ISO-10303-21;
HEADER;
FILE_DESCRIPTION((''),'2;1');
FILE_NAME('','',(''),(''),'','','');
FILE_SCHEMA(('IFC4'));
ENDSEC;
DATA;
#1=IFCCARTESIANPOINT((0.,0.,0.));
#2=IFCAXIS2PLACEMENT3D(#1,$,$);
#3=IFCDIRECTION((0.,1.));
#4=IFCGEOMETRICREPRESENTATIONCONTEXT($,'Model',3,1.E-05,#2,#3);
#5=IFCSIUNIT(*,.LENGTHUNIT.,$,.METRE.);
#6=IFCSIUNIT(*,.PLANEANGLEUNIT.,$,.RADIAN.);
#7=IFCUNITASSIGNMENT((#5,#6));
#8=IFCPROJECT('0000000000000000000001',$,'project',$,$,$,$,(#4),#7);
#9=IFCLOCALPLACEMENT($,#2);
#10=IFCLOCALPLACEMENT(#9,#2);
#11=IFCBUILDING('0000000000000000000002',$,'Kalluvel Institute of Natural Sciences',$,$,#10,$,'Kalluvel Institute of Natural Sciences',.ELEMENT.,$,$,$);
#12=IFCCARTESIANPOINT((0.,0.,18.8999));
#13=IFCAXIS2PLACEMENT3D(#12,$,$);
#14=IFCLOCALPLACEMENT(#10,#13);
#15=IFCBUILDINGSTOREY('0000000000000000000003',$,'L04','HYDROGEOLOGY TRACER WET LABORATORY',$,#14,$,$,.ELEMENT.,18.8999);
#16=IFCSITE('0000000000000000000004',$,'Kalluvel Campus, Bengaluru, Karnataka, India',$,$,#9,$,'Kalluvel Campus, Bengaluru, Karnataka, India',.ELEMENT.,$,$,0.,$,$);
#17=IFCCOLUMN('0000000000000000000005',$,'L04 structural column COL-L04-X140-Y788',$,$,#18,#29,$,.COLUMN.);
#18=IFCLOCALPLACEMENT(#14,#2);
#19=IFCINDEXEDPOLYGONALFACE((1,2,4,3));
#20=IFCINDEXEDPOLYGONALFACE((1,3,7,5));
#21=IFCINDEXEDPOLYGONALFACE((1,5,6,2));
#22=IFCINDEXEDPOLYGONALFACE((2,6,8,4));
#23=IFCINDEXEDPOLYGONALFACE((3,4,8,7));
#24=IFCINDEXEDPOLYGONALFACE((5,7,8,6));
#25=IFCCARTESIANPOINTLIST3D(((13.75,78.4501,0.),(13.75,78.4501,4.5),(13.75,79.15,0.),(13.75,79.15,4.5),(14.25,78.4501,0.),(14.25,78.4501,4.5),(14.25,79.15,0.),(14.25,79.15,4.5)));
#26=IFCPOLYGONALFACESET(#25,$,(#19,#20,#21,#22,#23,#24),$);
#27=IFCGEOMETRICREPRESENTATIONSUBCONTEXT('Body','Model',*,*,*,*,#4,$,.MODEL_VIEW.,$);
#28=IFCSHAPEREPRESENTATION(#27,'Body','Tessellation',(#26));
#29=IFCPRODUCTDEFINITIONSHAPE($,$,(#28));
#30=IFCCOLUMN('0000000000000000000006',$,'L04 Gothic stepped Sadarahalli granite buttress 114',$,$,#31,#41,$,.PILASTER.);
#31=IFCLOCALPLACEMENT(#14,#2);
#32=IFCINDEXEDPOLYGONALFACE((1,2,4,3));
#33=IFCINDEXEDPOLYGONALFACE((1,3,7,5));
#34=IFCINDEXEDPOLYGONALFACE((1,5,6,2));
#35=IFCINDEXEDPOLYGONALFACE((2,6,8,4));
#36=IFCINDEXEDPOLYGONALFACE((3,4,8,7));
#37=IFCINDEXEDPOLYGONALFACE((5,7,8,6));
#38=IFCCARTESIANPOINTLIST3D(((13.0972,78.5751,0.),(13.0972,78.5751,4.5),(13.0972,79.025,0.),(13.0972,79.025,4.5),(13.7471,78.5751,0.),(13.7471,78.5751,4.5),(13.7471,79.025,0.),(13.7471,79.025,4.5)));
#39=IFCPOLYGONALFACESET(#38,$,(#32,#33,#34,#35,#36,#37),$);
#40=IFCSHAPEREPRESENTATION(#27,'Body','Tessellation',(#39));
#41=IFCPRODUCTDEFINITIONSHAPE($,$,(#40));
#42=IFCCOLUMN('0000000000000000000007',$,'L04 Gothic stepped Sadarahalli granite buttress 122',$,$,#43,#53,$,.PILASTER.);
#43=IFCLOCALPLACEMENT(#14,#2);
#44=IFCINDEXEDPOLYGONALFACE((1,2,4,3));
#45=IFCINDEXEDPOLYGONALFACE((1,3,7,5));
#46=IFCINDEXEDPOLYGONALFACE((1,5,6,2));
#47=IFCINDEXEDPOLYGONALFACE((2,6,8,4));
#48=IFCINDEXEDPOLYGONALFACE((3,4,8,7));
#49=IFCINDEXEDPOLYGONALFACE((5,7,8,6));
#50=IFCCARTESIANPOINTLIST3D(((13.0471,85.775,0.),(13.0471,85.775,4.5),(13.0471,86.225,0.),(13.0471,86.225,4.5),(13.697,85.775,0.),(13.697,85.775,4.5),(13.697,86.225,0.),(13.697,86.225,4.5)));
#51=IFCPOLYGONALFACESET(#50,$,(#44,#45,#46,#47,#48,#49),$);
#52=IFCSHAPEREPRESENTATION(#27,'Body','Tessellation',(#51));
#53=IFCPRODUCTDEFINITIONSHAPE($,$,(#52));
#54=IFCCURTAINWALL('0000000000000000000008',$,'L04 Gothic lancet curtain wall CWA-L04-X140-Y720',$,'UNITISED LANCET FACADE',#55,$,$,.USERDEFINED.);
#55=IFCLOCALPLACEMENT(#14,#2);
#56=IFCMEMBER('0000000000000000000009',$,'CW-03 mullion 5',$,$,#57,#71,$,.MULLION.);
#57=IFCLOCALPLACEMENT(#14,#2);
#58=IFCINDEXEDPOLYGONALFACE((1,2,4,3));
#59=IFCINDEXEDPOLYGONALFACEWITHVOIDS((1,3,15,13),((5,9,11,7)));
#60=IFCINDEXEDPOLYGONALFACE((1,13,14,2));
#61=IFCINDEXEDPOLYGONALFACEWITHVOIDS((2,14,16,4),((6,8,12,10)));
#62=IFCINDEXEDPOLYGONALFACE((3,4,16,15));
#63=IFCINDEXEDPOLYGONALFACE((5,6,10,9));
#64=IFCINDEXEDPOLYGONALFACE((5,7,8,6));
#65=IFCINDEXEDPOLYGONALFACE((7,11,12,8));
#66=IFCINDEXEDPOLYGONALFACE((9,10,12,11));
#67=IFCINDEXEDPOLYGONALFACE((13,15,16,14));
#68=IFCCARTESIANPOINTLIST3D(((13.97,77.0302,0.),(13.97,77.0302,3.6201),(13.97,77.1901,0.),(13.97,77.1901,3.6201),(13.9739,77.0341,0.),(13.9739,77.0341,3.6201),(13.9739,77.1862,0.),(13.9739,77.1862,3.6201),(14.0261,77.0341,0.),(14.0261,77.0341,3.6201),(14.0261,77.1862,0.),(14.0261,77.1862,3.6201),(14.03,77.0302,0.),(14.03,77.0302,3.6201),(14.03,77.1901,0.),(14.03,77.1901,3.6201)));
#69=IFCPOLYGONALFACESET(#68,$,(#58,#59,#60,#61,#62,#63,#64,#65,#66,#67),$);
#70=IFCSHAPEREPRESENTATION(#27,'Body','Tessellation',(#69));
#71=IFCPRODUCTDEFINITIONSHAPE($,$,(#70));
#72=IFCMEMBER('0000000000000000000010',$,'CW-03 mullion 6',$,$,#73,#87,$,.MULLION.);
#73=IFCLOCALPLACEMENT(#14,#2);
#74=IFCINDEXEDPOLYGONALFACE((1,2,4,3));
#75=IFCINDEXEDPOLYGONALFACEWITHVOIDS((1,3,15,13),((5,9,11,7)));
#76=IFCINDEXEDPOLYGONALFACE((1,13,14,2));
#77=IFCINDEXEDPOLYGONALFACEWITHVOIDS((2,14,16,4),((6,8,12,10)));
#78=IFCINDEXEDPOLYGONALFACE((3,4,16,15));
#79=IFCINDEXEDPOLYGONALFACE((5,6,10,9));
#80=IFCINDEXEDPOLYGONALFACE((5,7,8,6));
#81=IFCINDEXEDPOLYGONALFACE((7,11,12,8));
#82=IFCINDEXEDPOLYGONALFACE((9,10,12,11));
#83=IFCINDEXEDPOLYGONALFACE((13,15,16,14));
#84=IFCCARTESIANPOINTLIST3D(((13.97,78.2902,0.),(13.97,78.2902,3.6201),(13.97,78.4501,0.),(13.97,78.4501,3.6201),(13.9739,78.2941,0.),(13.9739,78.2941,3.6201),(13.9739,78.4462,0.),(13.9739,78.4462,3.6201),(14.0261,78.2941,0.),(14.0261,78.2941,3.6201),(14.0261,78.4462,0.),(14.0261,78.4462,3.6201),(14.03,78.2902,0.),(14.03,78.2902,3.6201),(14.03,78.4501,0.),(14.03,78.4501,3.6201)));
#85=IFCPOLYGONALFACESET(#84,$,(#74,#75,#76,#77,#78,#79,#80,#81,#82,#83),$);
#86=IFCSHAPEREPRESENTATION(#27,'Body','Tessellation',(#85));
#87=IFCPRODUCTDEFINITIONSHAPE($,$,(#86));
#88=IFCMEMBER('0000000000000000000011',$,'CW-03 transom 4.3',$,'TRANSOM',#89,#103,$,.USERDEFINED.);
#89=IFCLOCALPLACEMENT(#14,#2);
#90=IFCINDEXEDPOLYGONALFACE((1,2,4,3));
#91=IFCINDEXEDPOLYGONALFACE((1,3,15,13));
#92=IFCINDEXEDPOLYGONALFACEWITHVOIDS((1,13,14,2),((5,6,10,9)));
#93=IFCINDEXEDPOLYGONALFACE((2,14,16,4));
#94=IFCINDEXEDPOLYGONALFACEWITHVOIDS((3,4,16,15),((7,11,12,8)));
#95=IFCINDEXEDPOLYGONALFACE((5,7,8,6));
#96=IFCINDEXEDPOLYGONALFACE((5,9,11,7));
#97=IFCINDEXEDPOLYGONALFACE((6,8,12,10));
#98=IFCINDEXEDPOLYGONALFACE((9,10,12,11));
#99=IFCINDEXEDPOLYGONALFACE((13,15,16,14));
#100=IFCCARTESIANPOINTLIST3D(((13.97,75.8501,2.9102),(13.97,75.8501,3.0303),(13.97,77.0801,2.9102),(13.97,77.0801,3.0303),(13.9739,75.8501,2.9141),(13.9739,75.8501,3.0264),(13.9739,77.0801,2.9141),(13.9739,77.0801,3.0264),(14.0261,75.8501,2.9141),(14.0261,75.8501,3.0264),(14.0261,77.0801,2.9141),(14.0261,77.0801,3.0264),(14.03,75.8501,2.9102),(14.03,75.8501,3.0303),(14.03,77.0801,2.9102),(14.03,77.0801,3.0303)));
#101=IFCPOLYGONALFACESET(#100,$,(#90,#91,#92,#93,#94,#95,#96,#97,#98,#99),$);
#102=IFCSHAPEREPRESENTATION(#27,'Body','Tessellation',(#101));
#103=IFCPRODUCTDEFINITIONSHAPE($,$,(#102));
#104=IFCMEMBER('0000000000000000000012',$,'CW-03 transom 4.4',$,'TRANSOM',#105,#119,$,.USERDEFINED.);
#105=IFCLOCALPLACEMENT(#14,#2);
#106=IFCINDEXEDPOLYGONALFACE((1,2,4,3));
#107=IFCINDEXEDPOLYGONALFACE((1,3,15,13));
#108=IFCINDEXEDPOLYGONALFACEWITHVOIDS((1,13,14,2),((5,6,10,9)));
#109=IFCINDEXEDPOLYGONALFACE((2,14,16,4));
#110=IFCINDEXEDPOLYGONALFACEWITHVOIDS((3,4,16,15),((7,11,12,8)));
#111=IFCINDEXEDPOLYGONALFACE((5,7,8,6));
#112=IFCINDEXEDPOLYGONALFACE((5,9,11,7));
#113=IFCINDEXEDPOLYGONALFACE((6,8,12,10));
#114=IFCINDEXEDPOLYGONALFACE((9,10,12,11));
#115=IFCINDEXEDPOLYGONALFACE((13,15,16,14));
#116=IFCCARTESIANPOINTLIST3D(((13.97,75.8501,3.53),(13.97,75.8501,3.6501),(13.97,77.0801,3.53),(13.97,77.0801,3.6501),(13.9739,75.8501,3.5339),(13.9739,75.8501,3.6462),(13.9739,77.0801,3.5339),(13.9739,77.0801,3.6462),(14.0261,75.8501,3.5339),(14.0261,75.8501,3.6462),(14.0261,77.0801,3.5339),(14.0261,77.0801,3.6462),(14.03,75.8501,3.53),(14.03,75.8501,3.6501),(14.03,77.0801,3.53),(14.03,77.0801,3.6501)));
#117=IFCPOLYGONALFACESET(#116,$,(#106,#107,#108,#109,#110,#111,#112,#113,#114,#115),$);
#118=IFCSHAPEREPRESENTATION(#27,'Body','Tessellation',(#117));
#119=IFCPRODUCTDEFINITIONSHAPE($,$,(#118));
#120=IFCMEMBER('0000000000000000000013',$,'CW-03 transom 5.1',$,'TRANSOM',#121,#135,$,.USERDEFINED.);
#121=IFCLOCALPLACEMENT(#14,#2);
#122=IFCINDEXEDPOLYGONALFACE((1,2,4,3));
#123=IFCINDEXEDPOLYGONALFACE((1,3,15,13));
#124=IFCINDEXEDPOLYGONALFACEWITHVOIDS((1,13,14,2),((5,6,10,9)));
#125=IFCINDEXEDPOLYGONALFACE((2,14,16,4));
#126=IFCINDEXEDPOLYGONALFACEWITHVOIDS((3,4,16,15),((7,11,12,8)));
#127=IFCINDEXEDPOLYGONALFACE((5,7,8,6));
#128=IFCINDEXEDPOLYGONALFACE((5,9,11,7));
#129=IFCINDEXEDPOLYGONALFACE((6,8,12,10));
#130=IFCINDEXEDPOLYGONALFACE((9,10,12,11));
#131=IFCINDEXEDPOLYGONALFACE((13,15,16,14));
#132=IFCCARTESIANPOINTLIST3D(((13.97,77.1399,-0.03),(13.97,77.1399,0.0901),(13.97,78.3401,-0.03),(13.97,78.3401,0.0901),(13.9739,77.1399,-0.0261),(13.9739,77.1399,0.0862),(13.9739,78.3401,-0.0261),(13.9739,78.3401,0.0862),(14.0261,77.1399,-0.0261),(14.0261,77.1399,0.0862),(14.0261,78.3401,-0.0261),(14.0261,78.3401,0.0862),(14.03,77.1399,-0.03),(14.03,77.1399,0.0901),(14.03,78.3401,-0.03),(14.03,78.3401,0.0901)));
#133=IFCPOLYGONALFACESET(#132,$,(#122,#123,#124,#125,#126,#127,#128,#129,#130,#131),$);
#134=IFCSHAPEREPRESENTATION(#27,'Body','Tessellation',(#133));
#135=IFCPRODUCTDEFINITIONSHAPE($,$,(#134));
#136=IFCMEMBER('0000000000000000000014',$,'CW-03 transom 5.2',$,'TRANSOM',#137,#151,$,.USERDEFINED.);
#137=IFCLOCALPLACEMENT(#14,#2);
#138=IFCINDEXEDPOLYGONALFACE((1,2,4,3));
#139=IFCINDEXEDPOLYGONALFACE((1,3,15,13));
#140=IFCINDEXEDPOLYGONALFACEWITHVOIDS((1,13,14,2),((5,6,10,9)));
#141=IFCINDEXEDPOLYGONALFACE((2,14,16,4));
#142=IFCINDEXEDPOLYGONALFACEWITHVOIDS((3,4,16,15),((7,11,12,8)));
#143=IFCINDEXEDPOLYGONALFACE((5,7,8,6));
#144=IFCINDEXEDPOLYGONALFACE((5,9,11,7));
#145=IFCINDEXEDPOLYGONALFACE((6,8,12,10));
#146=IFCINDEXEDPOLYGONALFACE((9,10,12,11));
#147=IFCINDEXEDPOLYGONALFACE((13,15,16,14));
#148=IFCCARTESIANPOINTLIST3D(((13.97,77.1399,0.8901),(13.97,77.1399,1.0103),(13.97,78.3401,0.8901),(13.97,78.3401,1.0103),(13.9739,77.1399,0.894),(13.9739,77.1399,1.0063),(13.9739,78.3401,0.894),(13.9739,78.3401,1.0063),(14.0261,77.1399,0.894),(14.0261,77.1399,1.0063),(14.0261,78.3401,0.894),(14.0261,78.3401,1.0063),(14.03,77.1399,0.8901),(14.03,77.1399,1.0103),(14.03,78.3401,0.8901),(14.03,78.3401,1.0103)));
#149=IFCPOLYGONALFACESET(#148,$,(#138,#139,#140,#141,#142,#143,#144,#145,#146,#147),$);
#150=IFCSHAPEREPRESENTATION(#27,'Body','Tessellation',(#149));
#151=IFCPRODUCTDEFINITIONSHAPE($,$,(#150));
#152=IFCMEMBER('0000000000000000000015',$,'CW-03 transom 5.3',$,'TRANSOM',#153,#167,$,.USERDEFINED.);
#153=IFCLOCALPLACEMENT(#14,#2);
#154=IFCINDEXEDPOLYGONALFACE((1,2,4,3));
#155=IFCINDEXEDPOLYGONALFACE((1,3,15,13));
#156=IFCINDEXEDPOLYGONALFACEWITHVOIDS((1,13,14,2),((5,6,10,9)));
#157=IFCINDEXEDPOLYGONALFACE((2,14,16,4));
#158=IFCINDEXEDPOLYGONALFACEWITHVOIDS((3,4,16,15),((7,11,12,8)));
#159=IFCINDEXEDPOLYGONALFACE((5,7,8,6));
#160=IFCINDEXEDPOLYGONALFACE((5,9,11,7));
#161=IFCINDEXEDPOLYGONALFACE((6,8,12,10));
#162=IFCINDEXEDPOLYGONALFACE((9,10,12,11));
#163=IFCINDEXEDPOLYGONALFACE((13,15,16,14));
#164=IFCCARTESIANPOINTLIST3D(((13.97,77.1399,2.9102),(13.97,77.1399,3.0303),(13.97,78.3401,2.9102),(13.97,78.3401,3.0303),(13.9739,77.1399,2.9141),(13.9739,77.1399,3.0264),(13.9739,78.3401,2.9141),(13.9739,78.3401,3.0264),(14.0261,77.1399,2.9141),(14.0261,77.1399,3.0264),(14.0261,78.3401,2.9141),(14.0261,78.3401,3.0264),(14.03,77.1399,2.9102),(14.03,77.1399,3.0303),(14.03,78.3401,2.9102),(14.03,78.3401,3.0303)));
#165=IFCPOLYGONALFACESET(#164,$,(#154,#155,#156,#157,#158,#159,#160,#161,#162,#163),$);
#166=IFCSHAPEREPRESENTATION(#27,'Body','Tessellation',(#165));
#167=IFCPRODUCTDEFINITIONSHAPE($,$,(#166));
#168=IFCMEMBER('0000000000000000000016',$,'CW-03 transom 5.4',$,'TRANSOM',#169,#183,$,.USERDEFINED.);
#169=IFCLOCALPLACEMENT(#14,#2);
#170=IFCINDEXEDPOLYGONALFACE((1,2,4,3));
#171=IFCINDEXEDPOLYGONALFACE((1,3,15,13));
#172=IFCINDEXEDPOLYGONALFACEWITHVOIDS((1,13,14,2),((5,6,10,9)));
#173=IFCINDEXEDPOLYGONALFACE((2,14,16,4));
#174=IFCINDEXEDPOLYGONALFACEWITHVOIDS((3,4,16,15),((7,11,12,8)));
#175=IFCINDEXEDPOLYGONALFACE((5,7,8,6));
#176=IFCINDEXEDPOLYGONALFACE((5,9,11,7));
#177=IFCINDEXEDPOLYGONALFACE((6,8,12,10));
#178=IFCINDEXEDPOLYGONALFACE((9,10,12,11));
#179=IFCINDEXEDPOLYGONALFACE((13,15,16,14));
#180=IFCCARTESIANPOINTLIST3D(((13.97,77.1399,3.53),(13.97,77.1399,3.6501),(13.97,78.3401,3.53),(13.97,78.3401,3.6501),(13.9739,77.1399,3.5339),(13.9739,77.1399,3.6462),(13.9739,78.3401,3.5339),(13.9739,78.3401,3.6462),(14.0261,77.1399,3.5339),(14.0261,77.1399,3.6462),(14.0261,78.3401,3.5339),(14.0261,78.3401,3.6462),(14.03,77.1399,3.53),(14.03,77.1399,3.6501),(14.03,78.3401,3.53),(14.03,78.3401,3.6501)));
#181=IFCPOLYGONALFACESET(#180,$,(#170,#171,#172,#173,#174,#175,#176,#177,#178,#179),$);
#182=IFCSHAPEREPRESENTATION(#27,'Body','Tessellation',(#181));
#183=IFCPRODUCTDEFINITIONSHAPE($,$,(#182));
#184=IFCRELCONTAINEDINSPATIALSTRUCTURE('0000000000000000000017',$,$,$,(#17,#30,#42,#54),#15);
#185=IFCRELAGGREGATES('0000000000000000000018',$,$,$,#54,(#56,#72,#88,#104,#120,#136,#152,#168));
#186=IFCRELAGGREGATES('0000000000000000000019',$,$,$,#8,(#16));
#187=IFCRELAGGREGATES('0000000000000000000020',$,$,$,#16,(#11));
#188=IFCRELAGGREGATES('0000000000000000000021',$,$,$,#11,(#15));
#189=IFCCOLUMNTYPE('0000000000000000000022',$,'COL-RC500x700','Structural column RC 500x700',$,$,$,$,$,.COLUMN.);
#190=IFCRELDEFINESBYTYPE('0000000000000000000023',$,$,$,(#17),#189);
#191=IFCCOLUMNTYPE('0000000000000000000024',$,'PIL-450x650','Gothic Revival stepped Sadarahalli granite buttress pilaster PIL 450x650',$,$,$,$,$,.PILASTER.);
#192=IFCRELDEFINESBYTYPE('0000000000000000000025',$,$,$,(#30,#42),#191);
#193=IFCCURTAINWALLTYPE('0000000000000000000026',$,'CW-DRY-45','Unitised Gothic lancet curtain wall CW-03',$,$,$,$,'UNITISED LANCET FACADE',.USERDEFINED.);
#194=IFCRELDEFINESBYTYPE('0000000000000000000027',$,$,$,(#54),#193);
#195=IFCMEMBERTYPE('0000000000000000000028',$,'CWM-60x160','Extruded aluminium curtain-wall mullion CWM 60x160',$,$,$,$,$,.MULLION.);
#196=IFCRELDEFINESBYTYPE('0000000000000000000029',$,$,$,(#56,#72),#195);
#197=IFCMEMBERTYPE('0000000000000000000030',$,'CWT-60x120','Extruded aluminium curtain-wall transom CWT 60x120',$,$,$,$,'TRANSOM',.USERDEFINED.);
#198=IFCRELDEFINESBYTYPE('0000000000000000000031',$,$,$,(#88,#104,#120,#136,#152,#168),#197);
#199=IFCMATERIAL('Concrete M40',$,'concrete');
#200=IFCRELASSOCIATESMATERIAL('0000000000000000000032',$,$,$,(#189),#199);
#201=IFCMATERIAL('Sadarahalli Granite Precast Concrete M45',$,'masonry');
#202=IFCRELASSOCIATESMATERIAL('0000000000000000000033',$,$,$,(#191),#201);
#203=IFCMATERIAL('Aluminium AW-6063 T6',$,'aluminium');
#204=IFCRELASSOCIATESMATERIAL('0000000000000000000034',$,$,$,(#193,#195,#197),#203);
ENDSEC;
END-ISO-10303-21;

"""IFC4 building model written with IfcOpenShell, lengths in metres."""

from ifc_helpers import new_model, si_unit, direction, frame, origin, origin_2d, place, context, subcontext, project, spatial, rectangle, hollow_rectangle, extrude, material, material_profile, profile_set, type_object, element, aggregate, save


model = new_model("IFC4")

# Units and contexts
model_context = context("Model", 3, precision=1e-05, world=origin(), true_north=direction((0.0, 1.0)))
body_context = subcontext(model_context, "Body", "Model", "MODEL_VIEW")
ifc_project = project(units=[si_unit("LENGTHUNIT", "METRE"), si_unit("PLANEANGLEUNIT", "RADIAN")], contexts=[model_context])

# Site, building, storey
site_placement = place(None, origin())
site = spatial("IfcSite", under=ifc_project, at=site_placement, Name="Kalluvel Campus, Bengaluru, Karnataka, India", LongName="Kalluvel Campus, Bengaluru, Karnataka, India", CompositionType="ELEMENT", RefElevation=0.0)
building_placement = place(site_placement, origin())
building = spatial("IfcBuilding", under=site, at=building_placement, Name="Kalluvel Institute of Natural Sciences", LongName="Kalluvel Institute of Natural Sciences", CompositionType="ELEMENT")
storey_placement = place(building_placement, frame((0.0, 0.0, 18.8999)))
storey = spatial("IfcBuildingStorey", under=building, at=storey_placement, Name="L04", Description="HYDROGEOLOGY TRACER WET LABORATORY", CompositionType="ELEMENT", Elevation=18.8999)

# Columns
ifc_material_1 = material(Name="Concrete M40", Category="concrete")
ifc_material_profile_1 = material_profile(ifc_material_1, rectangle(XDim=0.5, YDim=0.7, at=origin_2d()), Name="RC 500x700")
ifc_profile_set_1 = profile_set([ifc_material_profile_1], Name="Concrete M40")
column_type_1 = type_object("IfcColumnType", Name="COL-RC500x700", Description="Structural column RC 500x700", PredefinedType="COLUMN", material=ifc_profile_set_1)
column_placement = place(storey_placement, frame((14.0, 78.8, 0.0), z_axis=(0.0, 0.0, 1.0), x_axis=(1.0, 0.0, 0.0)))
element("IfcColumn", 1, at=column_placement, inside=storey, type_object=column_type_1, Name="L04 structural column COL-L04-X140-Y788", PredefinedType="COLUMN", context=body_context, shape_type="SweptSolid", body=[
    extrude(rectangle(XDim=0.5, YDim=0.7, at=origin_2d()), origin(), (0.0, 0.0, 1.0), 4.5),
])
ifc_material_2 = material(Name="Sadarahalli Granite Precast Concrete M45", Category="masonry")
ifc_material_profile_2 = material_profile(ifc_material_2, rectangle(XDim=0.45, YDim=0.6499, at=origin_2d()), Name="PIL 450x650")
ifc_profile_set_2 = profile_set([ifc_material_profile_2], Name="Sadarahalli Granite Precast Concrete M45")
column_type_2 = type_object("IfcColumnType", Name="PIL-450x650", Description="Gothic Revival stepped Sadarahalli granite buttress pilaster PIL 450x650", PredefinedType="PILASTER", material=ifc_profile_set_2)
for number, where, z_axis, x_axis, name in (
    (2, (13.4221, 78.8, 0.0), (0.0, 0.0, 1.0), (0.0, 1.0, 0.0), "L04 Gothic stepped Sadarahalli granite buttress 114"),
    (3, (13.3721, 86.0, 0.0), (0.0, 0.0, 1.0), (0.0, 1.0, 0.0), "L04 Gothic stepped Sadarahalli granite buttress 122"),
):
    element("IfcColumn", number, at=place(storey_placement, frame(where, z_axis=z_axis, x_axis=x_axis)), inside=storey, type_object=column_type_2, Name=name, PredefinedType="PILASTER", context=body_context, shape_type="SweptSolid", body=[
        extrude(rectangle(XDim=0.45, YDim=0.6499, at=origin_2d()), origin(), (0.0, 0.0, 1.0), 4.5),
    ])

# Curtain wall, members
ifc_material_3 = material(Name="Aluminium AW-6063 T6", Category="aluminium")
curtain_wall_type = type_object("IfcCurtainWallType", Name="CW-DRY-45", Description="Unitised Gothic lancet curtain wall CW-03", ElementType="UNITISED LANCET FACADE", PredefinedType="USERDEFINED", material=ifc_material_3)
curtain_wall_placement = place(storey_placement, origin())
curtain_wall = element("IfcCurtainWall", 4, at=curtain_wall_placement, inside=storey, type_object=curtain_wall_type, Name="L04 Gothic lancet curtain wall CWA-L04-X140-Y720", ObjectType="UNITISED LANCET FACADE", PredefinedType="USERDEFINED")
ifc_material_profile_3 = material_profile(ifc_material_3, hollow_rectangle(XDim=0.0601, YDim=0.1599, WallThickness=0.0039, at=origin_2d()), Name="CWM 60x160")
ifc_profile_set_3 = profile_set([ifc_material_profile_3], Name="Aluminium AW-6063 T6")
member_type_1 = type_object("IfcMemberType", Name="CWM-60x160", Description="Extruded aluminium curtain-wall mullion CWM 60x160", PredefinedType="MULLION", material=ifc_profile_set_3)
member_1_placement = place(storey_placement, frame((14.0, 77.1101, 0.0), z_axis=(0.0, 0.0, 1.0), x_axis=(-1.0, 0.0, 0.0)))
member_1 = element("IfcMember", 5, at=member_1_placement, type_object=member_type_1, Name="CW-03 mullion 5", PredefinedType="MULLION", context=body_context, shape_type="SweptSolid", body=[
    extrude(hollow_rectangle(XDim=0.0601, YDim=0.1599, WallThickness=0.0039, at=origin_2d()), origin(), (0.0, 0.0, 1.0), 3.6201),
])
member_2_placement = place(storey_placement, frame((14.0, 78.3701, 0.0), z_axis=(0.0, 0.0, 1.0), x_axis=(-1.0, 0.0, 0.0)))
member_2 = element("IfcMember", 6, at=member_2_placement, type_object=member_type_1, Name="CW-03 mullion 6", PredefinedType="MULLION", context=body_context, shape_type="SweptSolid", body=[
    extrude(hollow_rectangle(XDim=0.0601, YDim=0.1599, WallThickness=0.0039, at=origin_2d()), origin(), (0.0, 0.0, 1.0), 3.6201),
])
ifc_material_profile_4 = material_profile(ifc_material_3, hollow_rectangle(XDim=0.0601, YDim=0.1201, WallThickness=0.0039, at=origin_2d()), Name="CWT 60x120")
ifc_profile_set_4 = profile_set([ifc_material_profile_4], Name="Aluminium AW-6063 T6")
member_type_2 = type_object("IfcMemberType", Name="CWT-60x120", Description="Extruded aluminium curtain-wall transom CWT 60x120", ElementType="TRANSOM", PredefinedType="USERDEFINED", material=ifc_profile_set_4)
member_3_placement = place(storey_placement, frame((14.0, 75.8501, 2.9702), z_axis=(0.0, 1.0, 0.0), x_axis=(-1.0, 0.0, 0.0)))
member_3 = element("IfcMember", 7, at=member_3_placement, type_object=member_type_2, Name="CW-03 transom 4.3", ObjectType="TRANSOM", PredefinedType="USERDEFINED", context=body_context, shape_type="SweptSolid", body=[
    extrude(hollow_rectangle(XDim=0.0601, YDim=0.1201, WallThickness=0.0039, at=origin_2d()), origin(), (0.0, 0.0, 1.0), 1.23),
])
member_4_placement = place(storey_placement, frame((14.0, 75.8501, 3.5901), z_axis=(0.0, 1.0, 0.0), x_axis=(-1.0, 0.0, 0.0)))
member_4 = element("IfcMember", 8, at=member_4_placement, type_object=member_type_2, Name="CW-03 transom 4.4", ObjectType="TRANSOM", PredefinedType="USERDEFINED", context=body_context, shape_type="SweptSolid", body=[
    extrude(hollow_rectangle(XDim=0.0601, YDim=0.1201, WallThickness=0.0039, at=origin_2d()), origin(), (0.0, 0.0, 1.0), 1.23),
])
member_5_placement = place(storey_placement, frame((14.0, 77.1399, 0.03), z_axis=(0.0, 1.0, 0.0), x_axis=(-1.0, 0.0, 0.0)))
member_5 = element("IfcMember", 9, at=member_5_placement, type_object=member_type_2, Name="CW-03 transom 5.1", ObjectType="TRANSOM", PredefinedType="USERDEFINED", context=body_context, shape_type="SweptSolid", body=[
    extrude(hollow_rectangle(XDim=0.0601, YDim=0.1201, WallThickness=0.0039, at=origin_2d()), origin(), (0.0, 0.0, 1.0), 1.2002),
])
member_6_placement = place(storey_placement, frame((14.0, 77.1399, 0.9502), z_axis=(0.0, 1.0, 0.0), x_axis=(-1.0, 0.0, 0.0)))
member_6 = element("IfcMember", 10, at=member_6_placement, type_object=member_type_2, Name="CW-03 transom 5.2", ObjectType="TRANSOM", PredefinedType="USERDEFINED", context=body_context, shape_type="SweptSolid", body=[
    extrude(hollow_rectangle(XDim=0.0601, YDim=0.1201, WallThickness=0.0039, at=origin_2d()), origin(), (0.0, 0.0, 1.0), 1.2002),
])
member_7_placement = place(storey_placement, frame((14.0, 77.1399, 2.9702), z_axis=(0.0, 1.0, 0.0), x_axis=(-1.0, 0.0, 0.0)))
member_7 = element("IfcMember", 11, at=member_7_placement, type_object=member_type_2, Name="CW-03 transom 5.3", ObjectType="TRANSOM", PredefinedType="USERDEFINED", context=body_context, shape_type="SweptSolid", body=[
    extrude(hollow_rectangle(XDim=0.0601, YDim=0.1201, WallThickness=0.0039, at=origin_2d()), origin(), (0.0, 0.0, 1.0), 1.2002),
])
member_8_placement = place(storey_placement, frame((14.0, 77.1399, 3.5901), z_axis=(0.0, 1.0, 0.0), x_axis=(-1.0, 0.0, 0.0)))
member_8 = element("IfcMember", 12, at=member_8_placement, type_object=member_type_2, Name="CW-03 transom 5.4", ObjectType="TRANSOM", PredefinedType="USERDEFINED", context=body_context, shape_type="SweptSolid", body=[
    extrude(hollow_rectangle(XDim=0.0601, YDim=0.1201, WallThickness=0.0039, at=origin_2d()), origin(), (0.0, 0.0, 1.0), 1.2002),
])

aggregate(curtain_wall, [member_1, member_2, member_3, member_4, member_5, member_6, member_7, member_8])

save(model, "model.ifc")
